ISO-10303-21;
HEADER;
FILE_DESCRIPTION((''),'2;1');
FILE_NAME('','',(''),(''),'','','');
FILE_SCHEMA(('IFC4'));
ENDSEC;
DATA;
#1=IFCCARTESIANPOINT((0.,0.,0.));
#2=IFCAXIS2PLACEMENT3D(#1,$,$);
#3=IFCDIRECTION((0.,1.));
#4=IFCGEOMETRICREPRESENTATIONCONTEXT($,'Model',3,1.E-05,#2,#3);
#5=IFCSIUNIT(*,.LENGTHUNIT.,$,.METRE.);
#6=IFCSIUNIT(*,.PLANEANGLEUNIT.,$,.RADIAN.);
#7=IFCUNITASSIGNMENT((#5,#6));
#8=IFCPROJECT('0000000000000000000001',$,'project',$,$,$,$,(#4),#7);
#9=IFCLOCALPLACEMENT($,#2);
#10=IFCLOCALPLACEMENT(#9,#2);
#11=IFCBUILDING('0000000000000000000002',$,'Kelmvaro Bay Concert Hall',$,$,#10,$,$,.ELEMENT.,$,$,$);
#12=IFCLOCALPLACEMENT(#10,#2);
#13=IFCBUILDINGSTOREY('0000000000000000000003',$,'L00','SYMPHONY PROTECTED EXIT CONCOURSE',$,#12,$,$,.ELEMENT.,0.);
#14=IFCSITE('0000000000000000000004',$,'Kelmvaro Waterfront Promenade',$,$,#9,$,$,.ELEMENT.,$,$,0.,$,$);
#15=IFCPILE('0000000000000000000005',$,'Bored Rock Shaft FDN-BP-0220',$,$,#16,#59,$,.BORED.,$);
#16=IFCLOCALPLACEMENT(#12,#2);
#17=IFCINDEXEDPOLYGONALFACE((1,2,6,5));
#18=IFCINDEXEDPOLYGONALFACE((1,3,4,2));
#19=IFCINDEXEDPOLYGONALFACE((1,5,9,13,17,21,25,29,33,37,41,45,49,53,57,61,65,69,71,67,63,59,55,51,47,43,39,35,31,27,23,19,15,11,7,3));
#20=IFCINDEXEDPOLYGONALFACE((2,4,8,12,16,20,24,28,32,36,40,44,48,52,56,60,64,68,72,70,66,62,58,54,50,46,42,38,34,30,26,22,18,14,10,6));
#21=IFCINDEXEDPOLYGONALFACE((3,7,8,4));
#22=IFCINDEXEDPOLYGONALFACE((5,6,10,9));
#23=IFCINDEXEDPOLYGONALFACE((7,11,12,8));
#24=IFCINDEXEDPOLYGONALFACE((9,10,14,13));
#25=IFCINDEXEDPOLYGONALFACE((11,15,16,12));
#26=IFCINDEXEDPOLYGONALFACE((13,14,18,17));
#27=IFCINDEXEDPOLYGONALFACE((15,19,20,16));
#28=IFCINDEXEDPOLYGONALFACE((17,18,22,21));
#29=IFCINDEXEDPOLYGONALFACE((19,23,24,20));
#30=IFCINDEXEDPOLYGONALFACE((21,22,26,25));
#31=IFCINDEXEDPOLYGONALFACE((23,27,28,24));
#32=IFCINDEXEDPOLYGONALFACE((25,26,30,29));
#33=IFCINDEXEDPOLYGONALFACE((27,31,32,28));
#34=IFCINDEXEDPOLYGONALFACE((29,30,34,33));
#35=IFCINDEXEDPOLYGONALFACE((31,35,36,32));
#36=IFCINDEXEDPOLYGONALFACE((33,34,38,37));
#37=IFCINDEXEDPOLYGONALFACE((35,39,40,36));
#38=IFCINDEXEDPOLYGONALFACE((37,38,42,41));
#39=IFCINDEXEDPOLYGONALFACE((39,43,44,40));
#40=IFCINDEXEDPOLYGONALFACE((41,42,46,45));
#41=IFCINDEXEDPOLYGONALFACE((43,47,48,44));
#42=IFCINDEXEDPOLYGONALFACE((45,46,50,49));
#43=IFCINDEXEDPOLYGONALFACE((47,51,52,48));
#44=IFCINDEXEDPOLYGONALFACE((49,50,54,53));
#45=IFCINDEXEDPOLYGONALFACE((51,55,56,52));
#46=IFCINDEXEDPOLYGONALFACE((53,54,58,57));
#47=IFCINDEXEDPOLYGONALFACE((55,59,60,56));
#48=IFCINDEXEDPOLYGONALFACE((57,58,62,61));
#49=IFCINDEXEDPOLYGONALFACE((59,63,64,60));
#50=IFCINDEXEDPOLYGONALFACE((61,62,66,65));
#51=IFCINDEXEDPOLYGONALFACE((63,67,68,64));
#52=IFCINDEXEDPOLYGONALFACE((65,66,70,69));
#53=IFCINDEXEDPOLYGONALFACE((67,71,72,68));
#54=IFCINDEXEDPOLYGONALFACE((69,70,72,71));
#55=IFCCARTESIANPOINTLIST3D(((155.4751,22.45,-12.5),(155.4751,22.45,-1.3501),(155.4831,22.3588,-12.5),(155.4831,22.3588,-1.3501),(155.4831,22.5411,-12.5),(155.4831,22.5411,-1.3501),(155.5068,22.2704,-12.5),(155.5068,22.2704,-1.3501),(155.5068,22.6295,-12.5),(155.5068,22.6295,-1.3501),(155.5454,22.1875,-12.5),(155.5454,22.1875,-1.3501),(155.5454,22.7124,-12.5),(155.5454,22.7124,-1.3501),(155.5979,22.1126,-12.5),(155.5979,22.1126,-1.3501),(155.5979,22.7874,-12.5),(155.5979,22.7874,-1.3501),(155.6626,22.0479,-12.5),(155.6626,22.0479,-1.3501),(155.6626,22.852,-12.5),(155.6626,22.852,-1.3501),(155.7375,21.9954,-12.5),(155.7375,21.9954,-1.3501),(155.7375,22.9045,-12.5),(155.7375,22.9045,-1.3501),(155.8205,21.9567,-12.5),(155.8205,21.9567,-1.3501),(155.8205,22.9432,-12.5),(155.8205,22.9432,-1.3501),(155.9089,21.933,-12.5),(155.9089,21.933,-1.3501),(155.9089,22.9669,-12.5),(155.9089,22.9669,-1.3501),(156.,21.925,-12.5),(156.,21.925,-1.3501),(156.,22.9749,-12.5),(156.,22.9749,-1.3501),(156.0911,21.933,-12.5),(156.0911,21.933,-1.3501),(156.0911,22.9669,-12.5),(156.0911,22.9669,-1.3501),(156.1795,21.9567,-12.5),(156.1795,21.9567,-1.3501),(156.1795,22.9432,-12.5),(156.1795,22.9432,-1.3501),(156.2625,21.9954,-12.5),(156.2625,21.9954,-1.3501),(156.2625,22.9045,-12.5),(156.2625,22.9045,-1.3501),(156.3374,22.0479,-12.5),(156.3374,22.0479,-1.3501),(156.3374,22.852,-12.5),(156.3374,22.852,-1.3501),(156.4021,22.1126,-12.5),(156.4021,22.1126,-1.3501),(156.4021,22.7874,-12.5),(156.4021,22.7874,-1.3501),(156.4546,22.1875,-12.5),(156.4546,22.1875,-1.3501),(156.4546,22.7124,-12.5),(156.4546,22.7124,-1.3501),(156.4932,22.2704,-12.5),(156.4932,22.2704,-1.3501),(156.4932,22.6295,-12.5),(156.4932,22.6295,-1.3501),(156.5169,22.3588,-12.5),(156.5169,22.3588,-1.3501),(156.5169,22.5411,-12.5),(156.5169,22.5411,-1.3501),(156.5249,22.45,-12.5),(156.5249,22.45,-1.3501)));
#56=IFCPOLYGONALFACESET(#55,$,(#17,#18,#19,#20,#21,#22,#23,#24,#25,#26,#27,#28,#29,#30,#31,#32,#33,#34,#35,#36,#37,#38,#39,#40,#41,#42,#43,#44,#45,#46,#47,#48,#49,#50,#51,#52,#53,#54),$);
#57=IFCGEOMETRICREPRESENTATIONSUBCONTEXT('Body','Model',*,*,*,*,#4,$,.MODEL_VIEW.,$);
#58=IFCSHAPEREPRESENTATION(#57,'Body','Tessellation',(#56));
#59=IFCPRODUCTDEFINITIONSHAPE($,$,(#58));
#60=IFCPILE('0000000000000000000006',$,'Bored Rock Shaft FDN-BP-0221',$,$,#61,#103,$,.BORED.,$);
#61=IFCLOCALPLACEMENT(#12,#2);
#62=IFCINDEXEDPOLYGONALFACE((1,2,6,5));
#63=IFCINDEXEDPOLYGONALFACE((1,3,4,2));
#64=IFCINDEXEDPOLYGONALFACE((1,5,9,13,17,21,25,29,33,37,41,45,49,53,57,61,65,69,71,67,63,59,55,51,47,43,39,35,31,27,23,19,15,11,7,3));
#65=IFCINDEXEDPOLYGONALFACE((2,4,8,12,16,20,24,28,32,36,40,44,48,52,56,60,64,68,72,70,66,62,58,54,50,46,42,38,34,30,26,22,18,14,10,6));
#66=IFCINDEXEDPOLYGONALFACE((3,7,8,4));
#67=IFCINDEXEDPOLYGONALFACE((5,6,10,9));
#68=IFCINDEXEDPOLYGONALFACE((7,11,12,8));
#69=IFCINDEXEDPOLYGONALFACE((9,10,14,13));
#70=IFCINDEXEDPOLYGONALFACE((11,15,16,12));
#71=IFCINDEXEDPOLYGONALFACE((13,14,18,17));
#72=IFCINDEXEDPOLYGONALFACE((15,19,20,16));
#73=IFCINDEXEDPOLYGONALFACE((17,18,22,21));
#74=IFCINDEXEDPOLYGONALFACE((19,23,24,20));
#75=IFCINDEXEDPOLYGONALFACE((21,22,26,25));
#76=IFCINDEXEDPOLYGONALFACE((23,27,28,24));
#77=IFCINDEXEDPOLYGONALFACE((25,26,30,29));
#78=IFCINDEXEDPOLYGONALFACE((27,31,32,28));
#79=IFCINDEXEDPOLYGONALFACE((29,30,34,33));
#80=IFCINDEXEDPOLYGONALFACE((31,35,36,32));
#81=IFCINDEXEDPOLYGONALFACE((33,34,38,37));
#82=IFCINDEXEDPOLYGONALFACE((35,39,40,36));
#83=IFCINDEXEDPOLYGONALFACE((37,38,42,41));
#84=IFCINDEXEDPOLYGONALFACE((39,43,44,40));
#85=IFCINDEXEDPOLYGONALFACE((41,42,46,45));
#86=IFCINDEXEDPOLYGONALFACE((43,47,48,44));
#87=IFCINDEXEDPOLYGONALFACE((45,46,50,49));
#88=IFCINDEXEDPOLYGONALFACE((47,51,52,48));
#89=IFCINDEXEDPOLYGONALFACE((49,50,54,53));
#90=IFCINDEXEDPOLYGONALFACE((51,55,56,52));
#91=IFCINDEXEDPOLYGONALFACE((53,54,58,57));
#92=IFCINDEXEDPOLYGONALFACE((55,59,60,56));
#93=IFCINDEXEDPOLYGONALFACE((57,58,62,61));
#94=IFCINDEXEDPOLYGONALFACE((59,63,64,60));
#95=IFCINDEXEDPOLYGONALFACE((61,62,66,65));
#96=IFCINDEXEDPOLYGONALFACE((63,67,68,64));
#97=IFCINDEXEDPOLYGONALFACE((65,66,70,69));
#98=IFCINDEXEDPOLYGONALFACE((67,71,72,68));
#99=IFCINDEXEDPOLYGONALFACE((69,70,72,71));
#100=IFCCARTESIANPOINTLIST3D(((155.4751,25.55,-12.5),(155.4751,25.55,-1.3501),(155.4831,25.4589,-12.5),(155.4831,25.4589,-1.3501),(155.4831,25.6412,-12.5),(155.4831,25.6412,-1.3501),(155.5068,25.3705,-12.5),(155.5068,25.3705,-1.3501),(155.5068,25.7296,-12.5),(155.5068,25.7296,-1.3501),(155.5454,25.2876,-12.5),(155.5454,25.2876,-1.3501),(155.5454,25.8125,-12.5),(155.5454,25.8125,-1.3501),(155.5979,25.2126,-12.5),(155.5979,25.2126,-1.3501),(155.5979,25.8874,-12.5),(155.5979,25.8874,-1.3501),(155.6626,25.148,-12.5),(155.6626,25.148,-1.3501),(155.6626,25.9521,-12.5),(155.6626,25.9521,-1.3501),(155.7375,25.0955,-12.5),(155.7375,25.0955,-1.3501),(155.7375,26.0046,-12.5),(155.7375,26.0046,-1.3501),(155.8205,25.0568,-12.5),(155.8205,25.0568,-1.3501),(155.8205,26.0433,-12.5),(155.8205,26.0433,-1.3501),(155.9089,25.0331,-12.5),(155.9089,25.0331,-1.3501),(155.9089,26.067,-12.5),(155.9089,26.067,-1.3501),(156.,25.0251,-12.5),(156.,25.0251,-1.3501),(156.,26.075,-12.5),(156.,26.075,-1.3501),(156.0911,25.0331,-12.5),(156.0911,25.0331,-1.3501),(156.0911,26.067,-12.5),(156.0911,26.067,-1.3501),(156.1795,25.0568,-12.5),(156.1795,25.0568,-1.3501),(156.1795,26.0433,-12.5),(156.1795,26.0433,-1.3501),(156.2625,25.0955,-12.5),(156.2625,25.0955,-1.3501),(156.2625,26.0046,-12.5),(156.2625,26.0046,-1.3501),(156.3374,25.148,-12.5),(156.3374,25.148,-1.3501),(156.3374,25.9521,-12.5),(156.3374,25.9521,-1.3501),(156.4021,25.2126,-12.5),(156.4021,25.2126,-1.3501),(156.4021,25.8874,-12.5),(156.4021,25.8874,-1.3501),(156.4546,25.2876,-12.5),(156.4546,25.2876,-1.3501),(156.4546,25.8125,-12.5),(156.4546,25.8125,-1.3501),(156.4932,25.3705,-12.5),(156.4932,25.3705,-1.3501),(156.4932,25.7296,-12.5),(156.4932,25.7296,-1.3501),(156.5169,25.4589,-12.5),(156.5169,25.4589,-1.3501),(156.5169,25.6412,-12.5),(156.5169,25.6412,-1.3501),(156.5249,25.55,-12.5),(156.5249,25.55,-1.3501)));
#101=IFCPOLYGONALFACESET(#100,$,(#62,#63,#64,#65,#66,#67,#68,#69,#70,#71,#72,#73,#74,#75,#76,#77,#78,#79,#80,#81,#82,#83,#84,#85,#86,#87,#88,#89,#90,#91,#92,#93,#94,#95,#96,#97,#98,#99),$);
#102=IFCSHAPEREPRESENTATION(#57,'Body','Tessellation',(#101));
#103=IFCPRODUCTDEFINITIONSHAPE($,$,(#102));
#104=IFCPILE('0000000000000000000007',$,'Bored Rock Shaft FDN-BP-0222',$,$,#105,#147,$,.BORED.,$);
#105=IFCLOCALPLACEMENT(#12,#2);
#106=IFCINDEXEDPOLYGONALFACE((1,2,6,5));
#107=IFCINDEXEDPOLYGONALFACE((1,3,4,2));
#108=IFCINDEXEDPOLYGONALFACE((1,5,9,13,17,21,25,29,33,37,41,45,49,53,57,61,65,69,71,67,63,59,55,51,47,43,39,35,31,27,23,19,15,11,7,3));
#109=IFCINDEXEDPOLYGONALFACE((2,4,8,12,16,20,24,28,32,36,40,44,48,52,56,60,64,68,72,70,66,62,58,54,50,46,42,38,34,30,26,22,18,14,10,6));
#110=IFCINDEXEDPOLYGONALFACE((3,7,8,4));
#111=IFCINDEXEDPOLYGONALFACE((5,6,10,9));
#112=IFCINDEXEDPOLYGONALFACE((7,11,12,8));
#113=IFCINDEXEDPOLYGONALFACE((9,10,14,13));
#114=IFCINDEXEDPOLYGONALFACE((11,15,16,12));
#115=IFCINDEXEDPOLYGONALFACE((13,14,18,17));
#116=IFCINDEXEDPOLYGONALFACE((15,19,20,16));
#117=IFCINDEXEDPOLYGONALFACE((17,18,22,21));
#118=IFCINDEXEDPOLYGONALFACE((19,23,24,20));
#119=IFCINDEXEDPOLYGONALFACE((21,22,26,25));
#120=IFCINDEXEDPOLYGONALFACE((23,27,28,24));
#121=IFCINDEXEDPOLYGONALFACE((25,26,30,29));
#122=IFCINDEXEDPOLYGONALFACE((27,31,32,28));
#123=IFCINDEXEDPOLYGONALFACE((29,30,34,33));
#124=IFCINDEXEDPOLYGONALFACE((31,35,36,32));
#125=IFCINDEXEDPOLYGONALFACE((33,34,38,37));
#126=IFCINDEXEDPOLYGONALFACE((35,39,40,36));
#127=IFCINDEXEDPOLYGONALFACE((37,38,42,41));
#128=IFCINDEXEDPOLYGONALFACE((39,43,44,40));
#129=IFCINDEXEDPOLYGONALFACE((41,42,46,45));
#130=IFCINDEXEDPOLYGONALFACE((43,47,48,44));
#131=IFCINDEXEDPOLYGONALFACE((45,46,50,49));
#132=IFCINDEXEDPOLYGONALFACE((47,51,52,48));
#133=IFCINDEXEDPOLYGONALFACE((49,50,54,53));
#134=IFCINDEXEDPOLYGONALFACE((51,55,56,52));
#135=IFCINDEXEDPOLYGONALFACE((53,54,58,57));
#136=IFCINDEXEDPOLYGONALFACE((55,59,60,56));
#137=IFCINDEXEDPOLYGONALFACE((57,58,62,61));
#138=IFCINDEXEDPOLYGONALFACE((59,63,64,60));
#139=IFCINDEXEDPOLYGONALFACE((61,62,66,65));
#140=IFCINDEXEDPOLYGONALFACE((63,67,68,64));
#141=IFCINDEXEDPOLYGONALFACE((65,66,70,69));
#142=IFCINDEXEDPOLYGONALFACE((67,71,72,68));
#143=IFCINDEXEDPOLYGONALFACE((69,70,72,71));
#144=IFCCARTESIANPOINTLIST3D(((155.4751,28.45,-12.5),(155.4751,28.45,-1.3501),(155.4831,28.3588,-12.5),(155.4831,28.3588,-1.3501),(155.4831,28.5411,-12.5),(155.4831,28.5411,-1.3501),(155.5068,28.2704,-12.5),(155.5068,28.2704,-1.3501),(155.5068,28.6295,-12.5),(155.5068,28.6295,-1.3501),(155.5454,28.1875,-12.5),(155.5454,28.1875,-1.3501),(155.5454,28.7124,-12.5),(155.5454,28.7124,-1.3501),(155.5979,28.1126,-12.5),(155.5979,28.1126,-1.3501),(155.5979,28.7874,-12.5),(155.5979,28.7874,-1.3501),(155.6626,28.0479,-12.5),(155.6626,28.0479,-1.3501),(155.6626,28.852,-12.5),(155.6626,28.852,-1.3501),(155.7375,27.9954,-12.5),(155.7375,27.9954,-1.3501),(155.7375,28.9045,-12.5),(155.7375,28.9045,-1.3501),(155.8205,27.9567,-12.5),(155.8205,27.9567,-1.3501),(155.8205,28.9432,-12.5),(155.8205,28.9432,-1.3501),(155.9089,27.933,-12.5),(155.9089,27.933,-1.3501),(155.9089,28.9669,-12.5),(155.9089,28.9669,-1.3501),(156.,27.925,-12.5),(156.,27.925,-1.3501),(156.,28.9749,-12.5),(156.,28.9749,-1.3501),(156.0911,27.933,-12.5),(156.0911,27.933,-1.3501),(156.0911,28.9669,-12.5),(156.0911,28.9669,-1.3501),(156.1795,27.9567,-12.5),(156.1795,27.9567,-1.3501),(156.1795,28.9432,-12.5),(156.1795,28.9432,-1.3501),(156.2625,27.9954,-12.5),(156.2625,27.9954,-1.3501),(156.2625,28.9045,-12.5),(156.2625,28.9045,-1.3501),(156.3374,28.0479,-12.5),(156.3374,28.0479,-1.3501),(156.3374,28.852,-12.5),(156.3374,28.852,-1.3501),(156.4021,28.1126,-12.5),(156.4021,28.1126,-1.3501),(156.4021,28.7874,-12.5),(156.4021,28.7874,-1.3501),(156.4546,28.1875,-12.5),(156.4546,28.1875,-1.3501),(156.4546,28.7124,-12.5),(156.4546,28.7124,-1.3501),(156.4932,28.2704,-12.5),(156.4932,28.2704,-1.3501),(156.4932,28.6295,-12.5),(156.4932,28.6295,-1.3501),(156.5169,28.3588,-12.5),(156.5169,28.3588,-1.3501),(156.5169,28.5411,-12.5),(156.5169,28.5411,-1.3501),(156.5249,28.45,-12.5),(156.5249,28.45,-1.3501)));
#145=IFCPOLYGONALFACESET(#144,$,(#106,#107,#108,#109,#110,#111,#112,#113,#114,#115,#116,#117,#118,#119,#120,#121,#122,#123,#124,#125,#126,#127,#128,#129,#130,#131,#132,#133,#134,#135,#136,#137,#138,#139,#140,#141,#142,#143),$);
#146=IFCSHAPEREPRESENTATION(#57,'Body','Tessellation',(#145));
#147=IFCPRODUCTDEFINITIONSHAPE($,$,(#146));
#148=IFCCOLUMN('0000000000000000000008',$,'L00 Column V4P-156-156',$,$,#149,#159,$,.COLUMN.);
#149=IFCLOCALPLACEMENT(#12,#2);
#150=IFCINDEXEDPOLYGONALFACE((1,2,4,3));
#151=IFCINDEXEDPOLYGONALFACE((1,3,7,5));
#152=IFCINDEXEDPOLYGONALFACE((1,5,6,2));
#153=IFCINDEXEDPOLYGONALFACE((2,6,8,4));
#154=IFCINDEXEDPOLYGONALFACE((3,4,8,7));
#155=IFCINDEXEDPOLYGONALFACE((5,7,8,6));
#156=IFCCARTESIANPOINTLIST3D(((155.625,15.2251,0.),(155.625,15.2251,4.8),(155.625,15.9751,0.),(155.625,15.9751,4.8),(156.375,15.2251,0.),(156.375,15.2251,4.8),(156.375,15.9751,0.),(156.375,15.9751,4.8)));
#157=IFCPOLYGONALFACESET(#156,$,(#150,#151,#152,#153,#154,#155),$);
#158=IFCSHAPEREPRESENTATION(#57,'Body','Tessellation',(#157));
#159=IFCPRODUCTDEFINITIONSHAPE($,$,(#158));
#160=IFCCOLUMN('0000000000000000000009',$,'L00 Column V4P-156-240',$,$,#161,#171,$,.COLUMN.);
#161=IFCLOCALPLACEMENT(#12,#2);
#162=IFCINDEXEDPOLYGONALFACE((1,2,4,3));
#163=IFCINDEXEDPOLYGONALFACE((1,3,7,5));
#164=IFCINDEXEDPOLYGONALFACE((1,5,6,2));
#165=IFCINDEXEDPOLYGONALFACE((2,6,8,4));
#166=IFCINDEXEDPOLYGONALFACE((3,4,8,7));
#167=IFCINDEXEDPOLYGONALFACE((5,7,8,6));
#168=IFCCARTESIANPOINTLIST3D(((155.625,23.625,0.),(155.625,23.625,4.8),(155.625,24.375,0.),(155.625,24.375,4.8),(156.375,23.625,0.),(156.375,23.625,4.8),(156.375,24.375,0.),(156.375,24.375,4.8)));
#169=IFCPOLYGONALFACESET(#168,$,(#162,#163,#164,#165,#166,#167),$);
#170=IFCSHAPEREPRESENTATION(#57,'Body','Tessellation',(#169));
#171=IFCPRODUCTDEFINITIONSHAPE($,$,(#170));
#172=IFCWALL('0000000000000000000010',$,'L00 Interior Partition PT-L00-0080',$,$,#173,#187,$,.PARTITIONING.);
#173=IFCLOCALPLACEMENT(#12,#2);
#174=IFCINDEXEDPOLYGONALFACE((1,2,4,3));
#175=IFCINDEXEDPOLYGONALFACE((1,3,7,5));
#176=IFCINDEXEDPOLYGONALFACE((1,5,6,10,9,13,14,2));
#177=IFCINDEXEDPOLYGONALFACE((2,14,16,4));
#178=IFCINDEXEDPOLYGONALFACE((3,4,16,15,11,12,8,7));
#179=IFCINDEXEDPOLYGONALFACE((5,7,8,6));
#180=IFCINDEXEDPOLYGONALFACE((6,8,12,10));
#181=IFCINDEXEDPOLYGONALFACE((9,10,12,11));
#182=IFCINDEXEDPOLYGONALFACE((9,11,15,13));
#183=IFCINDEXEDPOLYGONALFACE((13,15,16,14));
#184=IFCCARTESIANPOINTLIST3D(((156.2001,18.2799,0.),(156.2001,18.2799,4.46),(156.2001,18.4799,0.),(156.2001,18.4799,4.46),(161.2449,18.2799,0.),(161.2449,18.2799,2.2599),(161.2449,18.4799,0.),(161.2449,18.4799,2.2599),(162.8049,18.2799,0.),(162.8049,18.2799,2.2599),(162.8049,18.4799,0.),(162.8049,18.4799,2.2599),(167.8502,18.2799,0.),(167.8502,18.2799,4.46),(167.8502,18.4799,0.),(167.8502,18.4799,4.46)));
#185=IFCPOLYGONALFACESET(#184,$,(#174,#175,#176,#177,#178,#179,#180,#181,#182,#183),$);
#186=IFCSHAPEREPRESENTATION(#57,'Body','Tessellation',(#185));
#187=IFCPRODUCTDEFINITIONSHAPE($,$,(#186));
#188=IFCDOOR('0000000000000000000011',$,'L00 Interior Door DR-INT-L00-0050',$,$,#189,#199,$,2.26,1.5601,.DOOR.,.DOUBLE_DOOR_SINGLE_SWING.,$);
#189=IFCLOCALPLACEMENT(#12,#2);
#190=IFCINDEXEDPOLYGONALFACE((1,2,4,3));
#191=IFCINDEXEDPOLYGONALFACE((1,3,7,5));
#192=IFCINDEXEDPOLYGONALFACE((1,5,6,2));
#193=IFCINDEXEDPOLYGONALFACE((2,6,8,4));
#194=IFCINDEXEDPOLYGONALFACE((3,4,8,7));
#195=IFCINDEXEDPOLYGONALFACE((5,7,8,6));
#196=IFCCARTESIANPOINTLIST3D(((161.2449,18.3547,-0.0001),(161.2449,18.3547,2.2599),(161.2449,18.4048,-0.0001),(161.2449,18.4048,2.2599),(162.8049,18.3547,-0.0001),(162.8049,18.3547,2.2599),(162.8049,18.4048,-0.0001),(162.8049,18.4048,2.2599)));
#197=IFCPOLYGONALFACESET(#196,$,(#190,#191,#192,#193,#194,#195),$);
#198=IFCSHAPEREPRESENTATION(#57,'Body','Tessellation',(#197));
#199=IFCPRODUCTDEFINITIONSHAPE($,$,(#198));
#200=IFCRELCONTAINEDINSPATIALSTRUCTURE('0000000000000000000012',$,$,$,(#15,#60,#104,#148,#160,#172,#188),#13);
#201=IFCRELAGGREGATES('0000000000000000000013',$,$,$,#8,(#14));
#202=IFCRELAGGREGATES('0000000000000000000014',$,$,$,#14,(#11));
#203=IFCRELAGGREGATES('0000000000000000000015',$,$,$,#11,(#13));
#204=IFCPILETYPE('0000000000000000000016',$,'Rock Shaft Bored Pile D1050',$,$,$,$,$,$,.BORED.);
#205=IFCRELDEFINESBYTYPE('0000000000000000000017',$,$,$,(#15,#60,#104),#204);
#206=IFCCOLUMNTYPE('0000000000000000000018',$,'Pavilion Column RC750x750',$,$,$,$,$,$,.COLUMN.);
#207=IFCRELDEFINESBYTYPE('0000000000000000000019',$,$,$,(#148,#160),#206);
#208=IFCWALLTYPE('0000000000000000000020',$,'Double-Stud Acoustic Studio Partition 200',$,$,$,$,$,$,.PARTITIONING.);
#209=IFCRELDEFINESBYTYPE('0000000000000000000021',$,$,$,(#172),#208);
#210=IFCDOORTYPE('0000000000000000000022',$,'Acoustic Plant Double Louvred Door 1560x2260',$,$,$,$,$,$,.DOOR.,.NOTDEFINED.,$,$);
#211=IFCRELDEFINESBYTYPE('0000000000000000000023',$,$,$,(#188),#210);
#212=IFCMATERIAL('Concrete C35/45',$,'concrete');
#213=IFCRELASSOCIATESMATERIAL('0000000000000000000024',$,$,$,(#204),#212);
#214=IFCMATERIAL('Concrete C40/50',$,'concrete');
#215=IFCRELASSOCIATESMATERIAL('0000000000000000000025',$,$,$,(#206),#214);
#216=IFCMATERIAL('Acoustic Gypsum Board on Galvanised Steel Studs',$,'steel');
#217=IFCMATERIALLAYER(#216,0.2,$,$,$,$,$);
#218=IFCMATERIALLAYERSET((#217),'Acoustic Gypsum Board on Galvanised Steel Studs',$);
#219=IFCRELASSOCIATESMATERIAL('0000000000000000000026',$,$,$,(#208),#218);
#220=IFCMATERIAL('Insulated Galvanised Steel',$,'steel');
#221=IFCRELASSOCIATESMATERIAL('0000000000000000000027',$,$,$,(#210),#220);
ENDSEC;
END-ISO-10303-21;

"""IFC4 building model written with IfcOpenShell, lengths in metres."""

from ifc_helpers import new_model, si_unit, direction, frame, frame_2d, origin, origin_2d, place, context, subcontext, project, spatial, rectangle, circle, extrude, material, layer, layer_set, material_profile, profile_set, type_object, element, fill, save


model = new_model("IFC4")

# Units and contexts
model_context = context("Model", 3, precision=1e-05, world=origin(), true_north=direction((0.0, 1.0)))
body_context = subcontext(model_context, "Body", "Model", "MODEL_VIEW")
ifc_project = project(units=[si_unit("LENGTHUNIT", "METRE"), si_unit("PLANEANGLEUNIT", "RADIAN")], contexts=[model_context])

# Site, building, storey
site_placement = place(None, origin())
site = spatial("IfcSite", under=ifc_project, at=site_placement, Name="Kelmvaro Waterfront Promenade", CompositionType="ELEMENT", RefElevation=0.0)
building_placement = place(site_placement, origin())
building = spatial("IfcBuilding", under=site, at=building_placement, Name="Kelmvaro Bay Concert Hall", CompositionType="ELEMENT")
storey_placement = place(building_placement, origin())
storey = spatial("IfcBuildingStorey", under=building, at=storey_placement, Name="L00", Description="SYMPHONY PROTECTED EXIT CONCOURSE", CompositionType="ELEMENT", Elevation=0.0)

# Piles
ifc_material_1 = material(Name="Concrete C35/45", Category="concrete")
ifc_material_profile_1 = material_profile(ifc_material_1, circle(Radius=0.5249, at=origin_2d()), Name="PILE-BORED-1050")
ifc_profile_set_1 = profile_set([ifc_material_profile_1], Name="Concrete C35/45")
pile_type = type_object("IfcPileType", Name="Rock Shaft Bored Pile D1050", PredefinedType="BORED", material=ifc_profile_set_1)
for number, where, z_axis, x_axis, name in (
    (1, (156.0, 22.45, -1.3501), (0.0, 0.0, -1.0), (1.0, 0.0, 0.0), "Bored Rock Shaft FDN-BP-0220"),
    (2, (156.0, 25.55, -1.3501), (0.0, 0.0, -1.0), (1.0, 0.0, 0.0), "Bored Rock Shaft FDN-BP-0221"),
    (3, (156.0, 28.45, -1.3501), (0.0, 0.0, -1.0), (1.0, 0.0, 0.0), "Bored Rock Shaft FDN-BP-0222"),
):
    element("IfcPile", number, at=place(storey_placement, frame(where, z_axis=z_axis, x_axis=x_axis)), inside=storey, type_object=pile_type, Name=name, PredefinedType="BORED", context=body_context, shape_type="SweptSolid", body=[
        extrude(circle(Radius=0.5249, at=origin_2d()), origin(), (0.0, 0.0, 1.0), 11.1499),
    ])

# Columns
ifc_material_2 = material(Name="Concrete C40/50", Category="concrete")
ifc_material_profile_2 = material_profile(ifc_material_2, rectangle(XDim=0.75, YDim=0.75, at=origin_2d()), Name="RC-COL-750X750")
ifc_profile_set_2 = profile_set([ifc_material_profile_2], Name="Concrete C40/50")
column_type = type_object("IfcColumnType", Name="Pavilion Column RC750x750", PredefinedType="COLUMN", material=ifc_profile_set_2)
for number, where, z_axis, x_axis, name in (
    (4, (156.0, 15.6001, 0.0), (0.0, 0.0, 1.0), (1.0, 0.0, 0.0), "L00 Column V4P-156-156"),
    (5, (156.0, 24.0, 0.0), (0.0, 0.0, 1.0), (1.0, 0.0, 0.0), "L00 Column V4P-156-240"),
):
    element("IfcColumn", number, at=place(storey_placement, frame(where, z_axis=z_axis, x_axis=x_axis)), inside=storey, type_object=column_type, Name=name, PredefinedType="COLUMN", context=body_context, shape_type="SweptSolid", body=[
        extrude(rectangle(XDim=0.75, YDim=0.75, at=origin_2d()), origin(), (0.0, 0.0, 1.0), 4.8),
    ])

# Wall, opening, door
ifc_material_3 = material(Name="Acoustic Gypsum Board on Galvanised Steel Studs", Category="steel")
ifc_layer_1 = layer(ifc_material_3, 0.2)
ifc_layer_set_1 = layer_set([ifc_layer_1], Name="Acoustic Gypsum Board on Galvanised Steel Studs")
wall_type_1 = type_object("IfcWallType", Name="Double-Stud Acoustic Studio Partition 200", PredefinedType="PARTITIONING", material=ifc_layer_set_1)
wall_1_placement = place(storey_placement, frame((156.2, 18.3799, 0.0), z_axis=(0.0, 0.0, 1.0), x_axis=(1.0, 0.0, 0.0)))
wall_1 = element("IfcWall", 6, at=wall_1_placement, inside=storey, type_object=wall_type_1, Name="L00 Interior Partition PT-L00-0080", PredefinedType="PARTITIONING", context=body_context, shape_type="SweptSolid", body=[
    extrude(rectangle(XDim=11.6501, YDim=0.2, at=frame_2d((5.8252, 0.0))), origin(), (0.0, 0.0, 1.0), 4.46),
])
opening_1_placement = place(wall_1_placement, frame((5.0449, 0.0, 0.0)))
opening_1 = element("IfcOpeningElement", 7, at=opening_1_placement, cuts=wall_1, PredefinedType="OPENING", context=body_context, shape_type="SweptSolid", body=[
    extrude(rectangle(XDim=1.5601, YDim=2.26, at=frame_2d((0.78, 1.1299))), frame((0.0, 0.1099, 0.0), z_axis=(0.0, -1.0, 0.0), x_axis=(1.0, 0.0, 0.0)), (0.0, 0.0, 1.0), 0.22),
])
ifc_material_4 = material(Name="Insulated Galvanised Steel", Category="steel")
door_type_1 = type_object("IfcDoorType", Name="Acoustic Plant Double Louvred Door 1560x2260", OperationType="NOTDEFINED", PredefinedType="DOOR", material=ifc_material_4)
door_1_placement = place(opening_1_placement, origin())
door_1 = element("IfcDoor", 8, at=door_1_placement, inside=storey, type_object=door_type_1, Name="L00 Interior Door DR-INT-L00-0050", OperationType="DOUBLE_DOOR_SINGLE_SWING", OverallHeight=2.26, OverallWidth=1.5601, PredefinedType="DOOR", context=body_context, shape_type="SweptSolid", body=[
    extrude(rectangle(XDim=1.5601, YDim=2.26, at=frame_2d((0.78, 1.1299))), frame((0.0, 0.0249, 0.0), z_axis=(0.0, -1.0, 0.0), x_axis=(1.0, 0.0, 0.0)), (0.0, 0.0, 1.0), 0.05),
])
fill(opening_1, door_1)

save(model, "model.ifc")
